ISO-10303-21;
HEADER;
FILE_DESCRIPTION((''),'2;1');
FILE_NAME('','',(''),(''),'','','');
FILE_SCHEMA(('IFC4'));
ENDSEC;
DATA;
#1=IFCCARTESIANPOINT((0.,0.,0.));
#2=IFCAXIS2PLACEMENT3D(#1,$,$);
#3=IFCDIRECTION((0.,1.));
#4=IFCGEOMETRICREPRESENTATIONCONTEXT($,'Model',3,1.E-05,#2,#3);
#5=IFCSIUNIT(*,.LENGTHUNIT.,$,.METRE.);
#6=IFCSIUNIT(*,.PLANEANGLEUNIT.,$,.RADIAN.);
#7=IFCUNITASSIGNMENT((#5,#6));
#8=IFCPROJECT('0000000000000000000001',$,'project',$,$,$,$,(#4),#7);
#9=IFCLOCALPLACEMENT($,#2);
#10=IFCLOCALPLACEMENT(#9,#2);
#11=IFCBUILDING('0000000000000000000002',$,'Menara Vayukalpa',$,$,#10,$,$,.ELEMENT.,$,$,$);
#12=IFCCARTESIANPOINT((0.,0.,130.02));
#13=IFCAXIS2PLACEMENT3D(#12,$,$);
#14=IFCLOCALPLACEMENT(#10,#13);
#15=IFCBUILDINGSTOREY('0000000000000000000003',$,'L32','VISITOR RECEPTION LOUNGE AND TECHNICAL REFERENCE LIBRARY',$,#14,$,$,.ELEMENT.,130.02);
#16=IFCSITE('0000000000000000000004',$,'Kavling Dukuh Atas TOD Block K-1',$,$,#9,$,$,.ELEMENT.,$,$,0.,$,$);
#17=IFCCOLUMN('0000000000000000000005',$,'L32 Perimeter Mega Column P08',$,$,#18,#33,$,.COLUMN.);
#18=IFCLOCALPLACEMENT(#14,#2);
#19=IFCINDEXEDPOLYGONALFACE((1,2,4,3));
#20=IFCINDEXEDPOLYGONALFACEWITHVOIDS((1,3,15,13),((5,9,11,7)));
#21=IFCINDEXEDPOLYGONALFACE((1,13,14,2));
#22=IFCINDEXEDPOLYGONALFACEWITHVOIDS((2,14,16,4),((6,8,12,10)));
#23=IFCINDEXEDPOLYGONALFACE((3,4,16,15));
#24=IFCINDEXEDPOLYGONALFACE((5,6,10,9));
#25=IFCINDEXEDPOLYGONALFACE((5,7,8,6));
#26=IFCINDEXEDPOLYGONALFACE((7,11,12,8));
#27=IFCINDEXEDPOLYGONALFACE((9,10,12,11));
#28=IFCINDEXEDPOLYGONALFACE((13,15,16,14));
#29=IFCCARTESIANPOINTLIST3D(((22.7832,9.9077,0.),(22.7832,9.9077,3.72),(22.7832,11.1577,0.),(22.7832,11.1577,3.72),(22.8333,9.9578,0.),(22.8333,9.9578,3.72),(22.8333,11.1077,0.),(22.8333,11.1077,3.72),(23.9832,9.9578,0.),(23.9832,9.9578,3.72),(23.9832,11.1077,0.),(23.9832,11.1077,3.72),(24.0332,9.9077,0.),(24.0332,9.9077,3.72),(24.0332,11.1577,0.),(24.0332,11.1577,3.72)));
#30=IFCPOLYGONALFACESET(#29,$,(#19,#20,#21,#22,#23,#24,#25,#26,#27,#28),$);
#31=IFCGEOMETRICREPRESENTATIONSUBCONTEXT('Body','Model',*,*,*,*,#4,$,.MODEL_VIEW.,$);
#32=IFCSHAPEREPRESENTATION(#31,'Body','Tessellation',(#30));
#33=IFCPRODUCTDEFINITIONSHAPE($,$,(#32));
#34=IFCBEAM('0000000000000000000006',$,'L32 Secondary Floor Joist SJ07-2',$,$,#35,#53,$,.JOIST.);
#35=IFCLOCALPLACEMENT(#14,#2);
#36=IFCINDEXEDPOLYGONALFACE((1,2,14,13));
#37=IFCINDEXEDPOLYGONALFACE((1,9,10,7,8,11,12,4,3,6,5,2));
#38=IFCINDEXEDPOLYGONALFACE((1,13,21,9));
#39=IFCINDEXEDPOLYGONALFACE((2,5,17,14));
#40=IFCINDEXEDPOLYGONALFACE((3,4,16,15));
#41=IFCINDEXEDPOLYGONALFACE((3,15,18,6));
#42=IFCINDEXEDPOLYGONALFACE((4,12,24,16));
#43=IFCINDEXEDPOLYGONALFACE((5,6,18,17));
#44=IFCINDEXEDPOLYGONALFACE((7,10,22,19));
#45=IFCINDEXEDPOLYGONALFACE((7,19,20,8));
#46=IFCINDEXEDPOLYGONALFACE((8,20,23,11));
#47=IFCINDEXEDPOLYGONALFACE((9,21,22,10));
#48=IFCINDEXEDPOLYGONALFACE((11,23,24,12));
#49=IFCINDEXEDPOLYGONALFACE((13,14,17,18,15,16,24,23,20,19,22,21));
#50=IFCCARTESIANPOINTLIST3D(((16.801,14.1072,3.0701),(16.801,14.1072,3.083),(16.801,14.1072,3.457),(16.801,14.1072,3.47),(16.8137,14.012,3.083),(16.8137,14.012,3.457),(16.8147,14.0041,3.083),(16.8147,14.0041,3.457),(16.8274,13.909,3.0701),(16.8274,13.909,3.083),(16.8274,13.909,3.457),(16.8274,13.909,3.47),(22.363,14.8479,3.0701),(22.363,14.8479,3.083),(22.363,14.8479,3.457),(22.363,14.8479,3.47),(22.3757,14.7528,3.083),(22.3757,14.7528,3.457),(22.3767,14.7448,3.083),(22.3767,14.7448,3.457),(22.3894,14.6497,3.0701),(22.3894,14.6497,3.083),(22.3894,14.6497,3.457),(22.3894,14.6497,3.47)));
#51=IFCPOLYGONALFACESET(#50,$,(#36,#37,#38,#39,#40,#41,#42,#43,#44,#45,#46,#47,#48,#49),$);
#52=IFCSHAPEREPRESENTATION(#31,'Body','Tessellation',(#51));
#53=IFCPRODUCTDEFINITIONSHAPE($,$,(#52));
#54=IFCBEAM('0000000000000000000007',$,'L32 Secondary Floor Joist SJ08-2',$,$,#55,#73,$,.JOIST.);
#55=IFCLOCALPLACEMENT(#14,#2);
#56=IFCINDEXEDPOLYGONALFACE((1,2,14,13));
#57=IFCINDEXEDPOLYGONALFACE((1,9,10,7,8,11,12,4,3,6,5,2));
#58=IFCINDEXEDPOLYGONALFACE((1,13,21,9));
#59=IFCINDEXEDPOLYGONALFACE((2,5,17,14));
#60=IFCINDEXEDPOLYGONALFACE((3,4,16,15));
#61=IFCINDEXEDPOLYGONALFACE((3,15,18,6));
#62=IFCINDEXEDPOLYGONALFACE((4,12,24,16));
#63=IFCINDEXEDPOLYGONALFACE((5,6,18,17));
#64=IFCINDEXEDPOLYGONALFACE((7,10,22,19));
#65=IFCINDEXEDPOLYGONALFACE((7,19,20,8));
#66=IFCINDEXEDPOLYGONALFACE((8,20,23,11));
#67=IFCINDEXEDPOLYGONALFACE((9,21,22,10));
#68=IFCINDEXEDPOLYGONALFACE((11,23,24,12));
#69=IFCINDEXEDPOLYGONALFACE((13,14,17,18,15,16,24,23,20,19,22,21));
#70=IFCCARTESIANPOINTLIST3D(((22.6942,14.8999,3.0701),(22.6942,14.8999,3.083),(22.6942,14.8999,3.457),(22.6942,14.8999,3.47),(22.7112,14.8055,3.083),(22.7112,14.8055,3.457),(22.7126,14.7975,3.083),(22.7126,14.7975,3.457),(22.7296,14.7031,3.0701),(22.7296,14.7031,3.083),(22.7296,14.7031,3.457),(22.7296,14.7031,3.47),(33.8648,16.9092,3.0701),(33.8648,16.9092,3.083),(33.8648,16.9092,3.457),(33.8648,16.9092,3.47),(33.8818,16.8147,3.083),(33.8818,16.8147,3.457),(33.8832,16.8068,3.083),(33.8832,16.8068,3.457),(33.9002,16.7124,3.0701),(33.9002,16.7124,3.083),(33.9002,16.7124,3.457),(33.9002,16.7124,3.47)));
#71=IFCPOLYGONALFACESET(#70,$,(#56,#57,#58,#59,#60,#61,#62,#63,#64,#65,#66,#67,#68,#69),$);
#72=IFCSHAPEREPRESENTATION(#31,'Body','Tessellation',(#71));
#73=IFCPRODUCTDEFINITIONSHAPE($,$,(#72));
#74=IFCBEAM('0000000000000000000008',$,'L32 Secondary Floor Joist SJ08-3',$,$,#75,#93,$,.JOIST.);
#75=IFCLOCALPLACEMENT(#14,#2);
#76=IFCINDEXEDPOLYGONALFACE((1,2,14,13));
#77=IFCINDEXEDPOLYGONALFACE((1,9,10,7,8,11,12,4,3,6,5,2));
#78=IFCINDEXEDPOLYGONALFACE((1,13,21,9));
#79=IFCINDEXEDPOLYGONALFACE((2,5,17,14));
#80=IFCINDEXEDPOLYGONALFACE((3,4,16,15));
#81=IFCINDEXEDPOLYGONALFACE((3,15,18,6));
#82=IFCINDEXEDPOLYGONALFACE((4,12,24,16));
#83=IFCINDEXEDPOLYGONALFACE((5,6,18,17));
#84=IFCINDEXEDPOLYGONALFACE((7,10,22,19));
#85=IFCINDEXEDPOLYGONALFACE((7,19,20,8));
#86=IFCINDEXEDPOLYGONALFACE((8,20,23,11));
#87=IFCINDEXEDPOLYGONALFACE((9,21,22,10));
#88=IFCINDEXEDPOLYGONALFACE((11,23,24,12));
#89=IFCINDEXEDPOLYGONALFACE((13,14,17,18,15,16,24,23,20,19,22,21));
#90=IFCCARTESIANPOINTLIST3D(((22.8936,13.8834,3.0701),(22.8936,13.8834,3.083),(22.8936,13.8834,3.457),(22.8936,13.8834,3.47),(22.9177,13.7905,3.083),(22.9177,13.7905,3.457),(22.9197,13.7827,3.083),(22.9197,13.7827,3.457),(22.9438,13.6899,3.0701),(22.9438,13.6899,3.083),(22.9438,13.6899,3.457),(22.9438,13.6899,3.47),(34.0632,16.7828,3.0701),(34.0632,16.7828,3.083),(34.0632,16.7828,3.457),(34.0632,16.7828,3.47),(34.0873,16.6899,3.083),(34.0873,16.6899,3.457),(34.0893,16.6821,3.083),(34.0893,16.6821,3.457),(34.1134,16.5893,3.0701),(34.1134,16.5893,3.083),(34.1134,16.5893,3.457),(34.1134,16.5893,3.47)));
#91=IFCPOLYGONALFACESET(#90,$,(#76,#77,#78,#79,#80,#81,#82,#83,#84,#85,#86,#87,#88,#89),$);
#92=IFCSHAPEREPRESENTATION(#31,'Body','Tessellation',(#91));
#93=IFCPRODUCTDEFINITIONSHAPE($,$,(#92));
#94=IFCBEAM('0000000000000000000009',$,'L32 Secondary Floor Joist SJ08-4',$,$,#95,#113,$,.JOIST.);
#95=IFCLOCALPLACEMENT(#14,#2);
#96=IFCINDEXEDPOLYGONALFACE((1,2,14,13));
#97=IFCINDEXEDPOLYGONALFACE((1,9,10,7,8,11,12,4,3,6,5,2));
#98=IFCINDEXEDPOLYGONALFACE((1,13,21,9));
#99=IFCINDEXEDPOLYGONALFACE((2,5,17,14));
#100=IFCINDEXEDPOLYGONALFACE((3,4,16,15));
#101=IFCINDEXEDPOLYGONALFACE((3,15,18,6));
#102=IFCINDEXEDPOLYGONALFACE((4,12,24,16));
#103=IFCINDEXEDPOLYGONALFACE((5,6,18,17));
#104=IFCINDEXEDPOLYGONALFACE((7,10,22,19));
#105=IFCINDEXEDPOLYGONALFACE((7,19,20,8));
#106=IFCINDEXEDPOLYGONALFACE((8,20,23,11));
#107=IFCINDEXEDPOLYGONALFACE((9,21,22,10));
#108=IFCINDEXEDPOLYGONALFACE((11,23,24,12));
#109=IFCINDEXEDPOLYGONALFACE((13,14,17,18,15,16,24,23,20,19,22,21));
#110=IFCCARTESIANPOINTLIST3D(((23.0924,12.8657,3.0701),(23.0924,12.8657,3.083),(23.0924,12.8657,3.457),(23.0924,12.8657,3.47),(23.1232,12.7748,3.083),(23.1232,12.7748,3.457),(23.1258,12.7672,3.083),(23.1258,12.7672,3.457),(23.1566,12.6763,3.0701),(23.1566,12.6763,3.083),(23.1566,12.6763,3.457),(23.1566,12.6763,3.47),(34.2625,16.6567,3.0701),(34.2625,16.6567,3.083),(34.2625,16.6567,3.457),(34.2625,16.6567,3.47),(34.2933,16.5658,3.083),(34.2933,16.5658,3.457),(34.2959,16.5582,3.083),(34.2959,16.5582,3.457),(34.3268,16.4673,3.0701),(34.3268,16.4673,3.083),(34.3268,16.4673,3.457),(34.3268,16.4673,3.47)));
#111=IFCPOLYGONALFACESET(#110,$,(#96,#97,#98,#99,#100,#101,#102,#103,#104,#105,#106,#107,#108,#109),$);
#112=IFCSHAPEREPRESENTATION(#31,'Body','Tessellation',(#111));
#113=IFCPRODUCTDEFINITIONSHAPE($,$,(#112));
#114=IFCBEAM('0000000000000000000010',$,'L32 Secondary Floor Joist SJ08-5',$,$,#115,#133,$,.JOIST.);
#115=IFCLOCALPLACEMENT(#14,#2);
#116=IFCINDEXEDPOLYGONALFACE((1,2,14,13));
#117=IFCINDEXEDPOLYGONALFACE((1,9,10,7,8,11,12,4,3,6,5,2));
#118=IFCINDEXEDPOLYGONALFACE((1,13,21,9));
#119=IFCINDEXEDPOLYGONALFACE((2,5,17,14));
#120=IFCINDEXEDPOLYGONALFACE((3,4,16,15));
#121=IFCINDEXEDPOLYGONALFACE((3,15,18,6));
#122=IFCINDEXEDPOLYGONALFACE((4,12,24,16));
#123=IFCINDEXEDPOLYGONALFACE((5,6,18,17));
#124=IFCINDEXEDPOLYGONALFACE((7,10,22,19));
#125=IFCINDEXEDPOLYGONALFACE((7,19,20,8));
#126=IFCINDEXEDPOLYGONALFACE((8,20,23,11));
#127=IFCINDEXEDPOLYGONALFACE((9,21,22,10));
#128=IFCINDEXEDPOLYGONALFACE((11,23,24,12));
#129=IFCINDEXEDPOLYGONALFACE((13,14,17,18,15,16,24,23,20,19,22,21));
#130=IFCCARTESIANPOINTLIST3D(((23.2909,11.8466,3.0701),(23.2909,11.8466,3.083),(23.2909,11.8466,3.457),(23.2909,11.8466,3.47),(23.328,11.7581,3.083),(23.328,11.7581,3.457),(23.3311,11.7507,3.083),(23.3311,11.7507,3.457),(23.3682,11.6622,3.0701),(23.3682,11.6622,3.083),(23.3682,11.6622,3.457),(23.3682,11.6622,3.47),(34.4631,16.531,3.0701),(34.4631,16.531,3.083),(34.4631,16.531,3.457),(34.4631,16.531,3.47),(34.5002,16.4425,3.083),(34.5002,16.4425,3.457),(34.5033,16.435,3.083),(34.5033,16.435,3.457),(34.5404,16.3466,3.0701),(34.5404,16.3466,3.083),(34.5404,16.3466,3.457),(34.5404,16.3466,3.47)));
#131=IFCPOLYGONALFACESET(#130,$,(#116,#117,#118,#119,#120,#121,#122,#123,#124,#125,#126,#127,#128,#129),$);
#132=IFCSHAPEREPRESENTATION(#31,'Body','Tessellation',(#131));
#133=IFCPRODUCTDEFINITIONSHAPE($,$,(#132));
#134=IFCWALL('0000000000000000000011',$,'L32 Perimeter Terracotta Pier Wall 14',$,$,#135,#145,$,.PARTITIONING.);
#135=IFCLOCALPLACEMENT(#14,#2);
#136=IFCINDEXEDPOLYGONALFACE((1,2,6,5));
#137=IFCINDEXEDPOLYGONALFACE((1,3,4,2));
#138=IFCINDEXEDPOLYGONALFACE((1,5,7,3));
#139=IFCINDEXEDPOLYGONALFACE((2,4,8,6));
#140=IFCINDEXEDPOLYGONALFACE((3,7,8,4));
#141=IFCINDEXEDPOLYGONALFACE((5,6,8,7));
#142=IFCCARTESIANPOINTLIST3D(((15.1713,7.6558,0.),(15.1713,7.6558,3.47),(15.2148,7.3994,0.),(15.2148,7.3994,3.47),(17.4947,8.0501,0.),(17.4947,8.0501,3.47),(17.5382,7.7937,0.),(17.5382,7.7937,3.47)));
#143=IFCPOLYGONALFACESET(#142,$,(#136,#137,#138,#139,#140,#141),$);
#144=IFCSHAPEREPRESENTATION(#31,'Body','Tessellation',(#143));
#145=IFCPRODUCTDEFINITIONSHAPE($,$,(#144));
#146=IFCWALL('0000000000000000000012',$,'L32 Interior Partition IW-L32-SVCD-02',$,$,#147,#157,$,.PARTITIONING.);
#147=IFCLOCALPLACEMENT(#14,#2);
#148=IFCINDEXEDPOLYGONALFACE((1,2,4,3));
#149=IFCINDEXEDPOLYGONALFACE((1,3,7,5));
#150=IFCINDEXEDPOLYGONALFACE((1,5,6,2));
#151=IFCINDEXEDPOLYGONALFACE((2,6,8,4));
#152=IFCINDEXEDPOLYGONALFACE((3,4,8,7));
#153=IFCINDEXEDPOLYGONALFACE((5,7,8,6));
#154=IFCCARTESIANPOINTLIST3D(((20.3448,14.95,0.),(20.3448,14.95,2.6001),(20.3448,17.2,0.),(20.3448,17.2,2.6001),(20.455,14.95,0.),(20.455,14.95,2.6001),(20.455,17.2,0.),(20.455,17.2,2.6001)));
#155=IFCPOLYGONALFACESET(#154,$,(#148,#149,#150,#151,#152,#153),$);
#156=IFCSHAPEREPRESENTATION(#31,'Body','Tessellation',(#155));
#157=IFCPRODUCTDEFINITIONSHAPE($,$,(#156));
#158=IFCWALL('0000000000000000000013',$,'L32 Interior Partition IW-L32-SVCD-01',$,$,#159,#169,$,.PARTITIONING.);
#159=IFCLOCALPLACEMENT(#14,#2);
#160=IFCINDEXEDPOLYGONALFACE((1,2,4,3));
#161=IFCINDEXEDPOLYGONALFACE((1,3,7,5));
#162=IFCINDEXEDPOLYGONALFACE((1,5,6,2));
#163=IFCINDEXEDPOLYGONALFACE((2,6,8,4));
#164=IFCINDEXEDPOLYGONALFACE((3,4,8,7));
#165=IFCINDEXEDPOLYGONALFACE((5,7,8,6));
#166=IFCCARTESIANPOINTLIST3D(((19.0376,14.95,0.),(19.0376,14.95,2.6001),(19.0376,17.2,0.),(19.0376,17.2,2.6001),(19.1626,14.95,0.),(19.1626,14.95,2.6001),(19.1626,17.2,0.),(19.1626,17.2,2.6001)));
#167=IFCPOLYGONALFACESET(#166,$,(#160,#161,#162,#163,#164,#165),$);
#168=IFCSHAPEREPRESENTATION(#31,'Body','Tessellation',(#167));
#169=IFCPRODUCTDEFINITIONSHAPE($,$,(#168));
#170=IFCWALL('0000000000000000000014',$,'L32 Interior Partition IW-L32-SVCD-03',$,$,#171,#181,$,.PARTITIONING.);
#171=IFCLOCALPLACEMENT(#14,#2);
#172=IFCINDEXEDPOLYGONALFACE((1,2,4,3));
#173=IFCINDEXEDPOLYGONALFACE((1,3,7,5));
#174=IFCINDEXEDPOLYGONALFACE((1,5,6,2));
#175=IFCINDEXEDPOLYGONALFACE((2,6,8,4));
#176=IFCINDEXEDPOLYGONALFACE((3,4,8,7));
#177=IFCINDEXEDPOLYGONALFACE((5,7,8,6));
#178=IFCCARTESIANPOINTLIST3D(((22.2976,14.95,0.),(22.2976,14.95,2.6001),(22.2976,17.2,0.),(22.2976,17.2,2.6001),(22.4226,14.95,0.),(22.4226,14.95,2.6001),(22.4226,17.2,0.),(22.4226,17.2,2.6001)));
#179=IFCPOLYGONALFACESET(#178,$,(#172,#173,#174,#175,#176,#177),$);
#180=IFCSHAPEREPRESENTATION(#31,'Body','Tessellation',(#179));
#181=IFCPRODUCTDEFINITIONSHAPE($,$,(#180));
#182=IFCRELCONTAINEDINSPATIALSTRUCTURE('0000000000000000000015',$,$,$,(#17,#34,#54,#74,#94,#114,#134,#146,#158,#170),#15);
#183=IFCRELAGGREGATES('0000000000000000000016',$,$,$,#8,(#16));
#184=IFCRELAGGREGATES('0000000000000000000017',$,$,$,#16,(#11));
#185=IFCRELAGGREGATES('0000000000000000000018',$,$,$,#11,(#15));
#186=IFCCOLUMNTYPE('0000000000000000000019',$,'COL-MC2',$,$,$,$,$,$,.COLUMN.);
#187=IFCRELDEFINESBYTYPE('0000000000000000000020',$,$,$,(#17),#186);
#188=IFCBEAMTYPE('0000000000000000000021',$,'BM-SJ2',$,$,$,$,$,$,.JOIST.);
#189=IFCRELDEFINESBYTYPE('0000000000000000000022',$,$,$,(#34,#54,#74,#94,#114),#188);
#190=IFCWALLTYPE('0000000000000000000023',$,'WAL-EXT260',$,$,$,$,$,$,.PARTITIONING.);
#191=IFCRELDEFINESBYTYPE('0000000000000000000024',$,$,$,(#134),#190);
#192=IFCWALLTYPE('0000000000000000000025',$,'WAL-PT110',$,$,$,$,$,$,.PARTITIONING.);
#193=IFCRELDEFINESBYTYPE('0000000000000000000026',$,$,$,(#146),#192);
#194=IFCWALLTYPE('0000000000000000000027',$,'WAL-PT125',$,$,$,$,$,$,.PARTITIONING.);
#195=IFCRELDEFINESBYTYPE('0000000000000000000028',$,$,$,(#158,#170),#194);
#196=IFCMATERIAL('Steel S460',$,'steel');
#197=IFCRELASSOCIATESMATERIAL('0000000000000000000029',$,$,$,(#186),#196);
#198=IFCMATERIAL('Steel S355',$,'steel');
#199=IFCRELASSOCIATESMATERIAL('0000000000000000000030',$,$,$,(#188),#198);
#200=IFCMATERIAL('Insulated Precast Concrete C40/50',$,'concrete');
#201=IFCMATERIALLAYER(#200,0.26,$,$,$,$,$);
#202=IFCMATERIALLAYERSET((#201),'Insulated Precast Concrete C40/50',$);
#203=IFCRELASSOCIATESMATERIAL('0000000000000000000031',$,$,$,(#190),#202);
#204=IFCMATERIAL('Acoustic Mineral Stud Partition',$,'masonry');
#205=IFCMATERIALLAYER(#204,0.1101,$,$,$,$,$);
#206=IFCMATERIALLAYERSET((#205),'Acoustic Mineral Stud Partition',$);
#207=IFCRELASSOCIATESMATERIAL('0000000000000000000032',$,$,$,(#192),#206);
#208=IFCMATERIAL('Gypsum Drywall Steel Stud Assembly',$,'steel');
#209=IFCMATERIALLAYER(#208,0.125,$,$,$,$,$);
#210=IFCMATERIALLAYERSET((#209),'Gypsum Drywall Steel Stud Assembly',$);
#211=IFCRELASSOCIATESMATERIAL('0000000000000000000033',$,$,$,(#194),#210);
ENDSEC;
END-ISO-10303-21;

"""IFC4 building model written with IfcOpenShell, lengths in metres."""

from ifc_helpers import new_model, si_unit, direction, frame, frame_2d, origin, origin_2d, place, context, subcontext, project, spatial, rectangle, hollow_rectangle, i_section, extrude, material, layer, layer_set, material_profile, profile_set, type_object, element, save


model = new_model("IFC4")

# Units and contexts
model_context = context("Model", 3, precision=1e-05, world=origin(), true_north=direction((0.0, 1.0)))
body_context = subcontext(model_context, "Body", "Model", "MODEL_VIEW")
ifc_project = project(units=[si_unit("LENGTHUNIT", "METRE"), si_unit("PLANEANGLEUNIT", "RADIAN")], contexts=[model_context])

# Site, building, storey
site_placement = place(None, origin())
site = spatial("IfcSite", under=ifc_project, at=site_placement, Name="Kavling Dukuh Atas TOD Block K-1", CompositionType="ELEMENT", RefElevation=0.0)
building_placement = place(site_placement, origin())
building = spatial("IfcBuilding", under=site, at=building_placement, Name="Menara Vayukalpa", CompositionType="ELEMENT")
storey_placement = place(building_placement, frame((0.0, 0.0, 130.02)))
storey = spatial("IfcBuildingStorey", under=building, at=storey_placement, Name="L32", Description="VISITOR RECEPTION LOUNGE AND TECHNICAL REFERENCE LIBRARY", CompositionType="ELEMENT", Elevation=130.02)

# Column
ifc_material_1 = material(Name="Steel S460", Category="steel")
ifc_material_profile_1 = material_profile(ifc_material_1, hollow_rectangle(XDim=1.25, YDim=1.25, WallThickness=0.05, at=origin_2d()), Name="BOX 1250x1250x50")
ifc_profile_set_1 = profile_set([ifc_material_profile_1], Name="Steel S460")
column_type = type_object("IfcColumnType", Name="COL-MC2", PredefinedType="COLUMN", material=ifc_profile_set_1)
column_placement = place(storey_placement, frame((23.4082, 10.5327, 0.0), z_axis=(0.0, 0.0, 1.0), x_axis=(1.0, 0.0, 0.0)))
element("IfcColumn", 1, at=column_placement, inside=storey, type_object=column_type, Name="L32 Perimeter Mega Column P08", PredefinedType="COLUMN", context=body_context, shape_type="SweptSolid", body=[
    extrude(hollow_rectangle(XDim=1.25, YDim=1.25, WallThickness=0.05, at=origin_2d()), origin(), (0.0, 0.0, 1.0), 3.72),
])

# Beams
ifc_material_2 = material(Name="Steel S355", Category="steel")
ifc_material_profile_2 = material_profile(ifc_material_2, i_section(OverallWidth=0.2, OverallDepth=0.3999, WebThickness=0.0081, FlangeThickness=0.0129, at=origin_2d()), Name="WF 400x200x8x13")
ifc_profile_set_2 = profile_set([ifc_material_profile_2], Name="Steel S355")
beam_type = type_object("IfcBeamType", Name="BM-SJ2", PredefinedType="JOIST", material=ifc_profile_set_2)
beam_1_placement = place(storey_placement, frame((16.8142, 14.0081, 3.27), z_axis=(0.991248, 0.13201, 0.0), x_axis=(-0.13201, 0.991248, 0.0)))
element("IfcBeam", 2, at=beam_1_placement, inside=storey, type_object=beam_type, Name="L32 Secondary Floor Joist SJ07-2", PredefinedType="JOIST", context=body_context, shape_type="SweptSolid", body=[
    extrude(i_section(OverallWidth=0.2, OverallDepth=0.3999, WebThickness=0.0081, FlangeThickness=0.0129, at=origin_2d()), origin(), (0.0, 0.0, 1.0), 5.6111),
])
beam_2_placement = place(storey_placement, frame((22.7119, 14.8015, 3.27), z_axis=(0.984205, 0.17703, 0.0), x_axis=(-0.17703, 0.984205, 0.0)))
element("IfcBeam", 3, at=beam_2_placement, inside=storey, type_object=beam_type, Name="L32 Secondary Floor Joist SJ08-2", PredefinedType="JOIST", context=body_context, shape_type="SweptSolid", body=[
    extrude(i_section(OverallWidth=0.2, OverallDepth=0.3999, WebThickness=0.0081, FlangeThickness=0.0129, at=origin_2d()), origin(), (0.0, 0.0, 1.0), 11.3499),
])
beam_3_placement = place(storey_placement, frame((22.9187, 13.7866, 3.27), z_axis=(0.967922, 0.251252, 0.0), x_axis=(-0.251252, 0.967922, 0.0)))
element("IfcBeam", 4, at=beam_3_placement, inside=storey, type_object=beam_type, Name="L32 Secondary Floor Joist SJ08-3", PredefinedType="JOIST", context=body_context, shape_type="SweptSolid", body=[
    extrude(i_section(OverallWidth=0.2, OverallDepth=0.3999, WebThickness=0.0081, FlangeThickness=0.0129, at=origin_2d()), origin(), (0.0, 0.0, 1.0), 11.5398),
])
beam_4_placement = place(storey_placement, frame((23.1245, 12.771, 3.27), z_axis=(0.946949, 0.321383, 0.0), x_axis=(-0.321383, 0.946949, 0.0)))
element("IfcBeam", 5, at=beam_4_placement, inside=storey, type_object=beam_type, Name="L32 Secondary Floor Joist SJ08-4", PredefinedType="JOIST", context=body_context, shape_type="SweptSolid", body=[
    extrude(i_section(OverallWidth=0.2, OverallDepth=0.3999, WebThickness=0.0081, FlangeThickness=0.0129, at=origin_2d()), origin(), (0.0, 0.0, 1.0), 11.7959),
])
beam_5_placement = place(storey_placement, frame((23.3296, 11.7544, 3.27), z_axis=(0.922217, 0.386674, 0.0), x_axis=(-0.386674, 0.922217, 0.0)))
element("IfcBeam", 6, at=beam_5_placement, inside=storey, type_object=beam_type, Name="L32 Secondary Floor Joist SJ08-5", PredefinedType="JOIST", context=body_context, shape_type="SweptSolid", body=[
    extrude(i_section(OverallWidth=0.2, OverallDepth=0.3999, WebThickness=0.0081, FlangeThickness=0.0129, at=origin_2d()), origin(), (0.0, 0.0, 1.0), 12.1145),
])

# Walls
ifc_material_3 = material(Name="Insulated Precast Concrete C40/50", Category="concrete")
ifc_layer_1 = layer(ifc_material_3, 0.26)
ifc_layer_set_1 = layer_set([ifc_layer_1], Name="Insulated Precast Concrete C40/50")
wall_type_1 = type_object("IfcWallType", Name="WAL-EXT260", PredefinedType="PARTITIONING", material=ifc_layer_set_1)
wall_1_placement = place(storey_placement, frame((17.5164, 7.9219, 0.0), z_axis=(0.0, 0.0, 1.0), x_axis=(-0.985905, -0.167305, 0.0)))
element("IfcWall", 7, at=wall_1_placement, inside=storey, type_object=wall_type_1, Name="L32 Perimeter Terracotta Pier Wall 14", PredefinedType="PARTITIONING", context=body_context, shape_type="SweptSolid", body=[
    extrude(rectangle(XDim=2.3567, YDim=0.26, at=frame_2d((1.1782, 0.0))), origin(), (0.0, 0.0, 1.0), 3.47),
])
ifc_material_4 = material(Name="Acoustic Mineral Stud Partition", Category="masonry")
ifc_layer_2 = layer(ifc_material_4, 0.1101)
ifc_layer_set_2 = layer_set([ifc_layer_2], Name="Acoustic Mineral Stud Partition")
wall_type_2 = type_object("IfcWallType", Name="WAL-PT110", PredefinedType="PARTITIONING", material=ifc_layer_set_2)
wall_2_placement = place(storey_placement, frame((20.3999, 14.95, 0.0), z_axis=(0.0, 0.0, 1.0), x_axis=(0.0, 1.0, 0.0)))
element("IfcWall", 8, at=wall_2_placement, inside=storey, type_object=wall_type_2, Name="L32 Interior Partition IW-L32-SVCD-02", PredefinedType="PARTITIONING", context=body_context, shape_type="SweptSolid", body=[
    extrude(rectangle(XDim=2.25, YDim=0.1101, at=frame_2d((1.125, 0.0))), origin(), (0.0, 0.0, 1.0), 2.6001),
])
ifc_material_5 = material(Name="Gypsum Drywall Steel Stud Assembly", Category="steel")
ifc_layer_3 = layer(ifc_material_5, 0.125)
ifc_layer_set_3 = layer_set([ifc_layer_3], Name="Gypsum Drywall Steel Stud Assembly")
wall_type_3 = type_object("IfcWallType", Name="WAL-PT125", PredefinedType="PARTITIONING", material=ifc_layer_set_3)
for number, where, z_axis, x_axis, name in (
    (9, (19.1001, 14.95, 0.0), (0.0, 0.0, 1.0), (0.0, 1.0, 0.0), "L32 Interior Partition IW-L32-SVCD-01"),
    (10, (22.3601, 14.95, 0.0), (0.0, 0.0, 1.0), (0.0, 1.0, 0.0), "L32 Interior Partition IW-L32-SVCD-03"),
):
    element("IfcWall", number, at=place(storey_placement, frame(where, z_axis=z_axis, x_axis=x_axis)), inside=storey, type_object=wall_type_3, Name=name, PredefinedType="PARTITIONING", context=body_context, shape_type="SweptSolid", body=[
        extrude(rectangle(XDim=2.25, YDim=0.125, at=frame_2d((1.125, 0.0))), origin(), (0.0, 0.0, 1.0), 2.6001),
    ])

save(model, "model.ifc")
